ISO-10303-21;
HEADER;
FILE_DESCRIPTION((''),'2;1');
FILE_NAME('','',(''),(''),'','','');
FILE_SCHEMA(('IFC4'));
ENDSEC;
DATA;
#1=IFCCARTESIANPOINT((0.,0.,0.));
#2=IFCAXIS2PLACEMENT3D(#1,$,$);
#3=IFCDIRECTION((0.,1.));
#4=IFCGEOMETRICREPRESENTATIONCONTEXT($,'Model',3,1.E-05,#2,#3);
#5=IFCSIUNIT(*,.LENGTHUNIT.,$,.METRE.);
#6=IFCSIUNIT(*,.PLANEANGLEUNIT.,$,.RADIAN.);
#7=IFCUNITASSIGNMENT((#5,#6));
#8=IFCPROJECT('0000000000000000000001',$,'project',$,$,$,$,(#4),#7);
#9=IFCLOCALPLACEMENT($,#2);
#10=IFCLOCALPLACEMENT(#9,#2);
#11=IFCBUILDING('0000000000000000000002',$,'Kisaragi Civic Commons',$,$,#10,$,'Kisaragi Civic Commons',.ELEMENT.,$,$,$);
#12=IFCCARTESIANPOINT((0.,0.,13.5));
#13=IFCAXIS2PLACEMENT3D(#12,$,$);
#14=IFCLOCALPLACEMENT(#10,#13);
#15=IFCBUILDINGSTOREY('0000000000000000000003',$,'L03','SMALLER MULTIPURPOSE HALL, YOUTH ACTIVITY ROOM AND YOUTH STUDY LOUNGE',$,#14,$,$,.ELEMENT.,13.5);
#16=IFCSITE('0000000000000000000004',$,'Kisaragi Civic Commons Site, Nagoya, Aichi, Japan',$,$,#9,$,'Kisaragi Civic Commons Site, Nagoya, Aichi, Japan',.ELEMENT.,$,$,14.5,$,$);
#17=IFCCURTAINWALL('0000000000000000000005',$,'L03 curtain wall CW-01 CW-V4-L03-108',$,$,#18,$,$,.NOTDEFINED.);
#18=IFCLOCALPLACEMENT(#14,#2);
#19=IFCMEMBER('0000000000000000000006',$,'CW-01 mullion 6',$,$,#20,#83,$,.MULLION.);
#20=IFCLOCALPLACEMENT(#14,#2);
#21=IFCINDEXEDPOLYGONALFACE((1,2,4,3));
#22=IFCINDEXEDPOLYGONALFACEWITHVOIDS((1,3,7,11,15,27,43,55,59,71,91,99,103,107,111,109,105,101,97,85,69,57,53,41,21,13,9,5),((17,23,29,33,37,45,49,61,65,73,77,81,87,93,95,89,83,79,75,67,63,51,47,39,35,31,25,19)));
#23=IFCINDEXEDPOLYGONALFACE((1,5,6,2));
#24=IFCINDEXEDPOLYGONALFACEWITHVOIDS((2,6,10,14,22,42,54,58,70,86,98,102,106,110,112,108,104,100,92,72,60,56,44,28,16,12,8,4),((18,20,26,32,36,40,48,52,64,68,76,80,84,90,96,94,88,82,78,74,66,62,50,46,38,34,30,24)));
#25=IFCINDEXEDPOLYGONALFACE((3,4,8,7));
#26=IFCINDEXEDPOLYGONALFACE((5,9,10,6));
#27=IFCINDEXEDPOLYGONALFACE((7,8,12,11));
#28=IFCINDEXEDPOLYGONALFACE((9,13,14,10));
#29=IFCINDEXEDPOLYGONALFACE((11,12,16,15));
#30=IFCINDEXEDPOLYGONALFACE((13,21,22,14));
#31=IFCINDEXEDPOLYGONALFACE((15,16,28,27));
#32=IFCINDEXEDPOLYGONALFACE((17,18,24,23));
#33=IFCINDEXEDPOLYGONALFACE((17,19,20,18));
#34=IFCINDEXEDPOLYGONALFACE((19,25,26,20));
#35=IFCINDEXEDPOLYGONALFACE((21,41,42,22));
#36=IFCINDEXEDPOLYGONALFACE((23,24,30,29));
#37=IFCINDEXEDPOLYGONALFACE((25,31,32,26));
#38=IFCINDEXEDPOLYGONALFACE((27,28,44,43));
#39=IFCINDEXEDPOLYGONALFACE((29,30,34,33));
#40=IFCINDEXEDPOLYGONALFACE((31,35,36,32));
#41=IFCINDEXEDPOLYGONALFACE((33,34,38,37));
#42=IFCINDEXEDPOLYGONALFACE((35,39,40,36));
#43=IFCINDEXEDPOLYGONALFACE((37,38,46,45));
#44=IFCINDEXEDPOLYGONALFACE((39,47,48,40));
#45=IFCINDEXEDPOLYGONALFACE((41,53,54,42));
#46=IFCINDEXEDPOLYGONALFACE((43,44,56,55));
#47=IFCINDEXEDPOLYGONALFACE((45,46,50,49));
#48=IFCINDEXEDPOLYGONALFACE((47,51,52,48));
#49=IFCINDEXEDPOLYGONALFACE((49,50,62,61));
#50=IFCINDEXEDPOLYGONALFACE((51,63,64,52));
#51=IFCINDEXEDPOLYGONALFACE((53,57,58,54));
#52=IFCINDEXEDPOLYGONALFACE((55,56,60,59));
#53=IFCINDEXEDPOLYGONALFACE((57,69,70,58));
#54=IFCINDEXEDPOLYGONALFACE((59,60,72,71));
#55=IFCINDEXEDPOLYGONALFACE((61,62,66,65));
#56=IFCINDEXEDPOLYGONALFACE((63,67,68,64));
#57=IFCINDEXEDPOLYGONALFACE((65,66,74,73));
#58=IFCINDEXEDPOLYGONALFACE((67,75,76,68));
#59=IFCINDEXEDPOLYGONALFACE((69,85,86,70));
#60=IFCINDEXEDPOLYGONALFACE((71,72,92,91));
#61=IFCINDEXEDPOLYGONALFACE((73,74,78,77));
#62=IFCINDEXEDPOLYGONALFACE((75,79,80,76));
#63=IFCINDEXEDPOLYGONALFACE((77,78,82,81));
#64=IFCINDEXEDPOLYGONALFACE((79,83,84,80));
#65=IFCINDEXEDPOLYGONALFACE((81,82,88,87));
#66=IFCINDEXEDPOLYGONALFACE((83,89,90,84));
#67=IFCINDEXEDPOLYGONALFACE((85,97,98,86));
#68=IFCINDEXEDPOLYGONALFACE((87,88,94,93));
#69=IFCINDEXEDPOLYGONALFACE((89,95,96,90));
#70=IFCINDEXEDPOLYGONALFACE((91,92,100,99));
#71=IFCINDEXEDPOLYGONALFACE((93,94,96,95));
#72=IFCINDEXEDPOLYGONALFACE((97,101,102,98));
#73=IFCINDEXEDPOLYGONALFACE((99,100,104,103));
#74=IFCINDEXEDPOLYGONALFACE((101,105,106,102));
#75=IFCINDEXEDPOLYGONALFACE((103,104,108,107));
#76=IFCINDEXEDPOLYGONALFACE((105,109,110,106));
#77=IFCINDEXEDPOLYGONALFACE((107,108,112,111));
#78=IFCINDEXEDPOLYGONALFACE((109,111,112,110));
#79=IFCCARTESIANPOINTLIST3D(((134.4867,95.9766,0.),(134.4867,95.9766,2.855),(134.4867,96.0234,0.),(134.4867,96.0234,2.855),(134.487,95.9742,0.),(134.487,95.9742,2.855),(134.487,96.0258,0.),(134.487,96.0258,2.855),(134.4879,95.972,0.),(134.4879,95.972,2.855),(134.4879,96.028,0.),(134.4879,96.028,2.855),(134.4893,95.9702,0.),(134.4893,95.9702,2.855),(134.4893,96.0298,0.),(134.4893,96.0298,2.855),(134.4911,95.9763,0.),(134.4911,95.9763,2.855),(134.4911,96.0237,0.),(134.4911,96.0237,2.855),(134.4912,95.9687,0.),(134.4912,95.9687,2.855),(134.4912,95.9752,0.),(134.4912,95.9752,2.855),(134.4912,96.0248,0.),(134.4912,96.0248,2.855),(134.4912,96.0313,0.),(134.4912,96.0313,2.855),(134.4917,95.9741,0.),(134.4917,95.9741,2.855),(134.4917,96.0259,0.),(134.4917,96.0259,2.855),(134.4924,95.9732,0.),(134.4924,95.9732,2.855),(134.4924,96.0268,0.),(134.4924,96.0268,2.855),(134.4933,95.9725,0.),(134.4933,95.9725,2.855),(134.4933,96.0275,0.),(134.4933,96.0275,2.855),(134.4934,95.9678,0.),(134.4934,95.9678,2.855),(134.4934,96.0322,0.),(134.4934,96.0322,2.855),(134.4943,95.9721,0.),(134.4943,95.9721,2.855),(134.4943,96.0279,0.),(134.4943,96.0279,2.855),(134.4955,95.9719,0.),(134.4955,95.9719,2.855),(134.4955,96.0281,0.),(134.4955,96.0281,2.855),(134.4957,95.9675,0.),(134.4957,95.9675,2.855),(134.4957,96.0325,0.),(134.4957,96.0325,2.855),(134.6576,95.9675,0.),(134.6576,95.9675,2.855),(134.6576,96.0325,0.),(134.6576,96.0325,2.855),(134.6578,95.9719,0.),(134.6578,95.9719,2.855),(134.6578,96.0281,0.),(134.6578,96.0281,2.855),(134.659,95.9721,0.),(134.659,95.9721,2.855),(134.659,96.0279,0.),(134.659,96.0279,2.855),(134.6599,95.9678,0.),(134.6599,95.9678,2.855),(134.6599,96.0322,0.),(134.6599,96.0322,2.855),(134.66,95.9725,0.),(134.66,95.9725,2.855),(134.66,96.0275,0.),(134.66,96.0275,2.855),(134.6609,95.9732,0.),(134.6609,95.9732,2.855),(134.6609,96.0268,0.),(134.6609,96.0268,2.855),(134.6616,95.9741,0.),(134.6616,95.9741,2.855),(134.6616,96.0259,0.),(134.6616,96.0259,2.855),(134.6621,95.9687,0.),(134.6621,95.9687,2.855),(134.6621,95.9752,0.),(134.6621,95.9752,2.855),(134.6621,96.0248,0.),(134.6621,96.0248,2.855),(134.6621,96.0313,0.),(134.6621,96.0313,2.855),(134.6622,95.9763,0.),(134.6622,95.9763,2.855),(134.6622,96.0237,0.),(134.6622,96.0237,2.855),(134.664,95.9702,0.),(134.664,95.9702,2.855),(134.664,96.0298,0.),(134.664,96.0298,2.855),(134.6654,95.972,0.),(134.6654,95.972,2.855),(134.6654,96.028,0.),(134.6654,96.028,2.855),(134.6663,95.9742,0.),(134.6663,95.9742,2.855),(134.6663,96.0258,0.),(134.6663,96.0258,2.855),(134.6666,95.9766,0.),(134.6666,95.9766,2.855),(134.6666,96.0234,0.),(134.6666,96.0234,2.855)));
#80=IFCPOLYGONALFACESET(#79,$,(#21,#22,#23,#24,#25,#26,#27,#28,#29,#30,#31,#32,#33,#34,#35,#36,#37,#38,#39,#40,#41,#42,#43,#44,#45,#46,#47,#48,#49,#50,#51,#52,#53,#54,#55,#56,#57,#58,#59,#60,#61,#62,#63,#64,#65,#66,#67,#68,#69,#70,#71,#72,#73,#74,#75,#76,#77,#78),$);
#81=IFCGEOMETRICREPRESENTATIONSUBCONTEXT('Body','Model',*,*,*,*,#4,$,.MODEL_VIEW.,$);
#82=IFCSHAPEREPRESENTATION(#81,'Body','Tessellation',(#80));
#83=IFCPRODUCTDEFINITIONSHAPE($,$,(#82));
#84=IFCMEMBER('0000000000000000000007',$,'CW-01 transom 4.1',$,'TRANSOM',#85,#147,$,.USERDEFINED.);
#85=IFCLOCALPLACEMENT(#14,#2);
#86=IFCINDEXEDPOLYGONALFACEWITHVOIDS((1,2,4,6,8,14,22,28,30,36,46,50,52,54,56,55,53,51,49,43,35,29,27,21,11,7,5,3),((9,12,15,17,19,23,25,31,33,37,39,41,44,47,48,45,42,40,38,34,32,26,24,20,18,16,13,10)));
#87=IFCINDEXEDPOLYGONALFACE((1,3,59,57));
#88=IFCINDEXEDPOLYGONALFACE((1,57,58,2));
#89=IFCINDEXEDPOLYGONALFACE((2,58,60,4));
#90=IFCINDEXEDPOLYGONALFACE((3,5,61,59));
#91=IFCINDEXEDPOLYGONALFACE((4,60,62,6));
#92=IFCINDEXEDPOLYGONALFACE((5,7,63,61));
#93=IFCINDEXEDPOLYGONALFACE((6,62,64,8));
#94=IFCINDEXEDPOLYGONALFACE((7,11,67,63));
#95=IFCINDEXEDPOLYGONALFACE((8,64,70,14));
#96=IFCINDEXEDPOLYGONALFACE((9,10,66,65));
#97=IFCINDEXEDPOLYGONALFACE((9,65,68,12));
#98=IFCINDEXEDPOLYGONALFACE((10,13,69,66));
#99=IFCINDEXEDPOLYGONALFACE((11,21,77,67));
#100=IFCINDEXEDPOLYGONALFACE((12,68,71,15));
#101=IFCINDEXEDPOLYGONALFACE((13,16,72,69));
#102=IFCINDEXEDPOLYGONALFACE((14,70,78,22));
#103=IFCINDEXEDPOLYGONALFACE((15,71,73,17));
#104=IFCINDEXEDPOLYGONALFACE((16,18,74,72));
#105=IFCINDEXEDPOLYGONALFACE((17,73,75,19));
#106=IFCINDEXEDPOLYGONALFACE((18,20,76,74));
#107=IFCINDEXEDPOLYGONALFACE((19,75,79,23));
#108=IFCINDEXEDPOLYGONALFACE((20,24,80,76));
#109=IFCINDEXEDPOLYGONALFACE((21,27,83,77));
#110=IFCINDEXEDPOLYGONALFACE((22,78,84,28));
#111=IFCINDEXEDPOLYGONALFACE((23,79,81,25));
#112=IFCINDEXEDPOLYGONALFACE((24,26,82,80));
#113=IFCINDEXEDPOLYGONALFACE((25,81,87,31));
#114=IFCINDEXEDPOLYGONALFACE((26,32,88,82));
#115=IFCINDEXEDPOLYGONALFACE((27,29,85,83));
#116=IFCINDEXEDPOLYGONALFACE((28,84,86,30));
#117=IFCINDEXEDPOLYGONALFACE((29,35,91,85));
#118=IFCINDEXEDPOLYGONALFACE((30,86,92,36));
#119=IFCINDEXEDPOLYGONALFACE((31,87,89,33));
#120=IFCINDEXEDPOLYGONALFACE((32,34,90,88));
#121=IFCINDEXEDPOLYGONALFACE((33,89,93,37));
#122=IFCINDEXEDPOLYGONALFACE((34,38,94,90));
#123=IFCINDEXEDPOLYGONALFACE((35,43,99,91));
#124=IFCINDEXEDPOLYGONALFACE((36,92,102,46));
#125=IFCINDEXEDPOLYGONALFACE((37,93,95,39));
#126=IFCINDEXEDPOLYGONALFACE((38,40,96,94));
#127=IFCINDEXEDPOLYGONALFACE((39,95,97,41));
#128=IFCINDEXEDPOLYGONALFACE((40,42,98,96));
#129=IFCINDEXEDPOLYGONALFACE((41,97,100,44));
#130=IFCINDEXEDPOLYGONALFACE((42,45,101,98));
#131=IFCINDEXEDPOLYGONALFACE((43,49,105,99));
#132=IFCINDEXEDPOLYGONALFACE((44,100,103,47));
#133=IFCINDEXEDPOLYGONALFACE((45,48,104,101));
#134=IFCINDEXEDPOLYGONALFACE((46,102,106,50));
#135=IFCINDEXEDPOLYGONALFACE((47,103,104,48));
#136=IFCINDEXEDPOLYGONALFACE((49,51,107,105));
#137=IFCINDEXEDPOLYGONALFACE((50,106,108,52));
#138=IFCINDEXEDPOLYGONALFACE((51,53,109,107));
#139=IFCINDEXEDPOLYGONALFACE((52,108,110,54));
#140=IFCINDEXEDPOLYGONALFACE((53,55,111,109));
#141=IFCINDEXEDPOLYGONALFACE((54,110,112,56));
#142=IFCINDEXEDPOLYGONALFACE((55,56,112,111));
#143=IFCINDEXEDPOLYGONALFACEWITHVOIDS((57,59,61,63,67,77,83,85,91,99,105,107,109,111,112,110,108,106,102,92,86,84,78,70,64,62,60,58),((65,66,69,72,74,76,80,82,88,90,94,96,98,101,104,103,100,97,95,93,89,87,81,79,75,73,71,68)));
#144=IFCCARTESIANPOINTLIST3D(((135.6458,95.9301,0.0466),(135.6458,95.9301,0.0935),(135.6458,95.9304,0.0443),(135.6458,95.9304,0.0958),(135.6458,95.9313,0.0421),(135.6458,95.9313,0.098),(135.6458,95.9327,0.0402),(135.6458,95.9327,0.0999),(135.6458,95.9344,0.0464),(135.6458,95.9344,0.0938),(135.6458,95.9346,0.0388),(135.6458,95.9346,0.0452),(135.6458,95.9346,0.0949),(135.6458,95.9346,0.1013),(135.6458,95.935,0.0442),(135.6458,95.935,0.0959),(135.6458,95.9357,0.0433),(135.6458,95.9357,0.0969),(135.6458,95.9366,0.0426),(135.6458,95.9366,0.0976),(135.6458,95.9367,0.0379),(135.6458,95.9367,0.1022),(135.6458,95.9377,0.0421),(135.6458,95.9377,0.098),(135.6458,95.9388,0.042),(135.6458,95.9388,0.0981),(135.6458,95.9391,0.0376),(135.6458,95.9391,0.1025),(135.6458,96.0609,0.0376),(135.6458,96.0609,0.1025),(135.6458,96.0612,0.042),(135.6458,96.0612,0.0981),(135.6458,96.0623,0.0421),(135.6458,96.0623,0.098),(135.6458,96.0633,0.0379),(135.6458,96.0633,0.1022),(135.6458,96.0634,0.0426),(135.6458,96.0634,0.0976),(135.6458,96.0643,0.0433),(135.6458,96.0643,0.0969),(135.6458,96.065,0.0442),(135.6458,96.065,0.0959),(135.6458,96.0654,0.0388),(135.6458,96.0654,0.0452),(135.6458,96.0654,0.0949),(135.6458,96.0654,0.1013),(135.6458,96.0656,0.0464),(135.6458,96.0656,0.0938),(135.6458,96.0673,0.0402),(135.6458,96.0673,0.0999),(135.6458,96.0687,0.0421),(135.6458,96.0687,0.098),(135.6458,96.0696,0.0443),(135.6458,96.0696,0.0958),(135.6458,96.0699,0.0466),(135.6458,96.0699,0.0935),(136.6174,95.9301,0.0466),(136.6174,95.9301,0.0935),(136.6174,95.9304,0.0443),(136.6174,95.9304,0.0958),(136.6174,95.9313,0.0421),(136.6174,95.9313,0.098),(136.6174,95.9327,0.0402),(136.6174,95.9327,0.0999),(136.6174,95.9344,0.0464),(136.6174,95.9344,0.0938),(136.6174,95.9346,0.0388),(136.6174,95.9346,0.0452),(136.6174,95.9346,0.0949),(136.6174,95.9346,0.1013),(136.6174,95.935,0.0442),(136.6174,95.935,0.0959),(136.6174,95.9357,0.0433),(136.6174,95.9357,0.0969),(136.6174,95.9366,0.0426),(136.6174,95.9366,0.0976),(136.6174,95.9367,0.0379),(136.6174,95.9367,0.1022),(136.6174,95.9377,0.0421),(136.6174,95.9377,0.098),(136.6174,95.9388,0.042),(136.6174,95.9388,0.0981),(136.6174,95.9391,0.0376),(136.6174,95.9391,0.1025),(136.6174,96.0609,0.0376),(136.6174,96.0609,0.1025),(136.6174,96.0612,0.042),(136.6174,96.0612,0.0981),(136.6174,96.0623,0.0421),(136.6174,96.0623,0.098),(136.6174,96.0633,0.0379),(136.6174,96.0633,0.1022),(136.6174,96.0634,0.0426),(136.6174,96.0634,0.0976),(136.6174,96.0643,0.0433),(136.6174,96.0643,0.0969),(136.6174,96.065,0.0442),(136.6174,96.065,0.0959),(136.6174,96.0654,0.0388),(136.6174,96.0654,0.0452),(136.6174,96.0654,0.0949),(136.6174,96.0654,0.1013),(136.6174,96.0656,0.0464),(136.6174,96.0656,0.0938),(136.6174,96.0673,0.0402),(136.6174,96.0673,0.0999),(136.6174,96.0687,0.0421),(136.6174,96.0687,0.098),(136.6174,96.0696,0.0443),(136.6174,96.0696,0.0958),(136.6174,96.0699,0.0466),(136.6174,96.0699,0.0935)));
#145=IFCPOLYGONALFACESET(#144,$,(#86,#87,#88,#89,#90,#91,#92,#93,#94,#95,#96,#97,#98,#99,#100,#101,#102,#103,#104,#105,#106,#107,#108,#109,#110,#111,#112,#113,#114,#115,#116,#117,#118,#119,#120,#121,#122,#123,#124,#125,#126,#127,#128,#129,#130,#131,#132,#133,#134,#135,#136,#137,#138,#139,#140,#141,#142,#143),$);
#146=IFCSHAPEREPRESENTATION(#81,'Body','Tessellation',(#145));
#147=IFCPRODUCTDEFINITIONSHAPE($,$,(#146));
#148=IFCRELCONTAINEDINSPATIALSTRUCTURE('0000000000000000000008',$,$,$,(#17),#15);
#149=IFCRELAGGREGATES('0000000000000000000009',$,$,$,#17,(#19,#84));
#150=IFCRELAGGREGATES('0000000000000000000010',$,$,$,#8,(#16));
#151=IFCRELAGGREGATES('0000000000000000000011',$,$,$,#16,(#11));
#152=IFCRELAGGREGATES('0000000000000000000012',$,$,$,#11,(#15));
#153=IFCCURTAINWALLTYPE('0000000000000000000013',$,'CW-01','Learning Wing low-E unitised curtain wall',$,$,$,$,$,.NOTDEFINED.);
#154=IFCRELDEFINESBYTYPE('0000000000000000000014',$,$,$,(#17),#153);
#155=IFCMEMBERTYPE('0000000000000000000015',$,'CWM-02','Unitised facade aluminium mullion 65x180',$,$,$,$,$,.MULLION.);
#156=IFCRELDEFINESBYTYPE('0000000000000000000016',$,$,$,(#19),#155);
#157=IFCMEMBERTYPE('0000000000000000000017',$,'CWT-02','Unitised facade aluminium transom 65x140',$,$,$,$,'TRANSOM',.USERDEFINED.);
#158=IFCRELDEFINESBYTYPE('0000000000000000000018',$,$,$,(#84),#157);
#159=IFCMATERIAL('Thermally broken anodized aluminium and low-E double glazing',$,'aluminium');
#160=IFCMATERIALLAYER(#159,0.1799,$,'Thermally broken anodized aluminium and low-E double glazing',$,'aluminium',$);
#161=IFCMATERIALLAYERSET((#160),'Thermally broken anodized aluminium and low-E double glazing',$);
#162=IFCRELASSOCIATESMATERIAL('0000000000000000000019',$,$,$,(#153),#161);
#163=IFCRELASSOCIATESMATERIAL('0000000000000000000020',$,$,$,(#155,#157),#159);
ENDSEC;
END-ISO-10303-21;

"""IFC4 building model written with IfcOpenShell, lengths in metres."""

from ifc_helpers import new_model, si_unit, direction, frame, origin, origin_2d, place, context, subcontext, project, spatial, hollow_rectangle, extrude, material, layer, layer_set, material_profile, profile_set, type_object, element, aggregate, save


model = new_model("IFC4")

# Units and contexts
model_context = context("Model", 3, precision=1e-05, world=origin(), true_north=direction((0.0, 1.0)))
body_context = subcontext(model_context, "Body", "Model", "MODEL_VIEW")
ifc_project = project(units=[si_unit("LENGTHUNIT", "METRE"), si_unit("PLANEANGLEUNIT", "RADIAN")], contexts=[model_context])

# Site, building, storey
site_placement = place(None, origin())
site = spatial("IfcSite", under=ifc_project, at=site_placement, Name="Kisaragi Civic Commons Site, Nagoya, Aichi, Japan", LongName="Kisaragi Civic Commons Site, Nagoya, Aichi, Japan", CompositionType="ELEMENT", RefElevation=14.5)
building_placement = place(site_placement, origin())
building = spatial("IfcBuilding", under=site, at=building_placement, Name="Kisaragi Civic Commons", LongName="Kisaragi Civic Commons", CompositionType="ELEMENT")
storey_placement = place(building_placement, frame((0.0, 0.0, 13.5)))
storey = spatial("IfcBuildingStorey", under=building, at=storey_placement, Name="L03", Description="SMALLER MULTIPURPOSE HALL, YOUTH ACTIVITY ROOM AND YOUTH STUDY LOUNGE", CompositionType="ELEMENT", Elevation=13.5)

# Curtain wall, members
ifc_material = material(Name="Thermally broken anodized aluminium and low-E double glazing", Category="aluminium")
ifc_layer_1 = layer(ifc_material, 0.1799, Name="Thermally broken anodized aluminium and low-E double glazing", Category="aluminium")
ifc_layer_set_1 = layer_set([ifc_layer_1], Name="Thermally broken anodized aluminium and low-E double glazing")
curtain_wall_type = type_object("IfcCurtainWallType", Name="CW-01", Description="Learning Wing low-E unitised curtain wall", PredefinedType="NOTDEFINED", material=ifc_layer_set_1)
curtain_wall_placement = place(storey_placement, origin())
curtain_wall = element("IfcCurtainWall", 1, at=curtain_wall_placement, inside=storey, type_object=curtain_wall_type, Name="L03 curtain wall CW-01 CW-V4-L03-108", PredefinedType="NOTDEFINED")
ifc_material_profile_1 = material_profile(ifc_material, hollow_rectangle(XDim=0.0649, YDim=0.1799, WallThickness=0.0044, InnerFilletRadius=0.0044, OuterFilletRadius=0.009, at=origin_2d()), Name="CWM-65x180x4.5", Category="aluminium")
ifc_profile_set_1 = profile_set([ifc_material_profile_1], Name="Thermally broken anodized aluminium and low-E double glazing")
member_type_1 = type_object("IfcMemberType", Name="CWM-02", Description="Unitised facade aluminium mullion 65x180", PredefinedType="MULLION", material=ifc_profile_set_1)
member_1_placement = place(storey_placement, frame((134.5767, 96.0, 0.0), z_axis=(0.0, 0.0, 1.0), x_axis=(0.0, -1.0, 0.0)))
member_1 = element("IfcMember", 2, at=member_1_placement, type_object=member_type_1, Name="CW-01 mullion 6", PredefinedType="MULLION", context=body_context, shape_type="SweptSolid", body=[
    extrude(hollow_rectangle(XDim=0.0649, YDim=0.1799, WallThickness=0.0044, InnerFilletRadius=0.0044, OuterFilletRadius=0.009, at=origin_2d()), origin(), (0.0, 0.0, 1.0), 2.855),
])
ifc_material_profile_2 = material_profile(ifc_material, hollow_rectangle(XDim=0.1399, YDim=0.0649, WallThickness=0.0044, InnerFilletRadius=0.0044, OuterFilletRadius=0.009, at=origin_2d()), Name="CWT-65x140x4.5", Category="aluminium")
ifc_profile_set_2 = profile_set([ifc_material_profile_2], Name="Thermally broken anodized aluminium and low-E double glazing")
member_type_2 = type_object("IfcMemberType", Name="CWT-02", Description="Unitised facade aluminium transom 65x140", ElementType="TRANSOM", PredefinedType="USERDEFINED", material=ifc_profile_set_2)
member_2_placement = place(storey_placement, frame((136.6174, 96.0, 0.0701), z_axis=(-1.0, 0.0, 0.0), x_axis=(0.0, -1.0, 0.0)))
member_2 = element("IfcMember", 3, at=member_2_placement, type_object=member_type_2, Name="CW-01 transom 4.1", ObjectType="TRANSOM", PredefinedType="USERDEFINED", context=body_context, shape_type="SweptSolid", body=[
    extrude(hollow_rectangle(XDim=0.1399, YDim=0.0649, WallThickness=0.0044, InnerFilletRadius=0.0044, OuterFilletRadius=0.009, at=origin_2d()), origin(), (0.0, 0.0, 1.0), 0.9717),
])
aggregate(curtain_wall, [member_1, member_2])

save(model, "model.ifc")
